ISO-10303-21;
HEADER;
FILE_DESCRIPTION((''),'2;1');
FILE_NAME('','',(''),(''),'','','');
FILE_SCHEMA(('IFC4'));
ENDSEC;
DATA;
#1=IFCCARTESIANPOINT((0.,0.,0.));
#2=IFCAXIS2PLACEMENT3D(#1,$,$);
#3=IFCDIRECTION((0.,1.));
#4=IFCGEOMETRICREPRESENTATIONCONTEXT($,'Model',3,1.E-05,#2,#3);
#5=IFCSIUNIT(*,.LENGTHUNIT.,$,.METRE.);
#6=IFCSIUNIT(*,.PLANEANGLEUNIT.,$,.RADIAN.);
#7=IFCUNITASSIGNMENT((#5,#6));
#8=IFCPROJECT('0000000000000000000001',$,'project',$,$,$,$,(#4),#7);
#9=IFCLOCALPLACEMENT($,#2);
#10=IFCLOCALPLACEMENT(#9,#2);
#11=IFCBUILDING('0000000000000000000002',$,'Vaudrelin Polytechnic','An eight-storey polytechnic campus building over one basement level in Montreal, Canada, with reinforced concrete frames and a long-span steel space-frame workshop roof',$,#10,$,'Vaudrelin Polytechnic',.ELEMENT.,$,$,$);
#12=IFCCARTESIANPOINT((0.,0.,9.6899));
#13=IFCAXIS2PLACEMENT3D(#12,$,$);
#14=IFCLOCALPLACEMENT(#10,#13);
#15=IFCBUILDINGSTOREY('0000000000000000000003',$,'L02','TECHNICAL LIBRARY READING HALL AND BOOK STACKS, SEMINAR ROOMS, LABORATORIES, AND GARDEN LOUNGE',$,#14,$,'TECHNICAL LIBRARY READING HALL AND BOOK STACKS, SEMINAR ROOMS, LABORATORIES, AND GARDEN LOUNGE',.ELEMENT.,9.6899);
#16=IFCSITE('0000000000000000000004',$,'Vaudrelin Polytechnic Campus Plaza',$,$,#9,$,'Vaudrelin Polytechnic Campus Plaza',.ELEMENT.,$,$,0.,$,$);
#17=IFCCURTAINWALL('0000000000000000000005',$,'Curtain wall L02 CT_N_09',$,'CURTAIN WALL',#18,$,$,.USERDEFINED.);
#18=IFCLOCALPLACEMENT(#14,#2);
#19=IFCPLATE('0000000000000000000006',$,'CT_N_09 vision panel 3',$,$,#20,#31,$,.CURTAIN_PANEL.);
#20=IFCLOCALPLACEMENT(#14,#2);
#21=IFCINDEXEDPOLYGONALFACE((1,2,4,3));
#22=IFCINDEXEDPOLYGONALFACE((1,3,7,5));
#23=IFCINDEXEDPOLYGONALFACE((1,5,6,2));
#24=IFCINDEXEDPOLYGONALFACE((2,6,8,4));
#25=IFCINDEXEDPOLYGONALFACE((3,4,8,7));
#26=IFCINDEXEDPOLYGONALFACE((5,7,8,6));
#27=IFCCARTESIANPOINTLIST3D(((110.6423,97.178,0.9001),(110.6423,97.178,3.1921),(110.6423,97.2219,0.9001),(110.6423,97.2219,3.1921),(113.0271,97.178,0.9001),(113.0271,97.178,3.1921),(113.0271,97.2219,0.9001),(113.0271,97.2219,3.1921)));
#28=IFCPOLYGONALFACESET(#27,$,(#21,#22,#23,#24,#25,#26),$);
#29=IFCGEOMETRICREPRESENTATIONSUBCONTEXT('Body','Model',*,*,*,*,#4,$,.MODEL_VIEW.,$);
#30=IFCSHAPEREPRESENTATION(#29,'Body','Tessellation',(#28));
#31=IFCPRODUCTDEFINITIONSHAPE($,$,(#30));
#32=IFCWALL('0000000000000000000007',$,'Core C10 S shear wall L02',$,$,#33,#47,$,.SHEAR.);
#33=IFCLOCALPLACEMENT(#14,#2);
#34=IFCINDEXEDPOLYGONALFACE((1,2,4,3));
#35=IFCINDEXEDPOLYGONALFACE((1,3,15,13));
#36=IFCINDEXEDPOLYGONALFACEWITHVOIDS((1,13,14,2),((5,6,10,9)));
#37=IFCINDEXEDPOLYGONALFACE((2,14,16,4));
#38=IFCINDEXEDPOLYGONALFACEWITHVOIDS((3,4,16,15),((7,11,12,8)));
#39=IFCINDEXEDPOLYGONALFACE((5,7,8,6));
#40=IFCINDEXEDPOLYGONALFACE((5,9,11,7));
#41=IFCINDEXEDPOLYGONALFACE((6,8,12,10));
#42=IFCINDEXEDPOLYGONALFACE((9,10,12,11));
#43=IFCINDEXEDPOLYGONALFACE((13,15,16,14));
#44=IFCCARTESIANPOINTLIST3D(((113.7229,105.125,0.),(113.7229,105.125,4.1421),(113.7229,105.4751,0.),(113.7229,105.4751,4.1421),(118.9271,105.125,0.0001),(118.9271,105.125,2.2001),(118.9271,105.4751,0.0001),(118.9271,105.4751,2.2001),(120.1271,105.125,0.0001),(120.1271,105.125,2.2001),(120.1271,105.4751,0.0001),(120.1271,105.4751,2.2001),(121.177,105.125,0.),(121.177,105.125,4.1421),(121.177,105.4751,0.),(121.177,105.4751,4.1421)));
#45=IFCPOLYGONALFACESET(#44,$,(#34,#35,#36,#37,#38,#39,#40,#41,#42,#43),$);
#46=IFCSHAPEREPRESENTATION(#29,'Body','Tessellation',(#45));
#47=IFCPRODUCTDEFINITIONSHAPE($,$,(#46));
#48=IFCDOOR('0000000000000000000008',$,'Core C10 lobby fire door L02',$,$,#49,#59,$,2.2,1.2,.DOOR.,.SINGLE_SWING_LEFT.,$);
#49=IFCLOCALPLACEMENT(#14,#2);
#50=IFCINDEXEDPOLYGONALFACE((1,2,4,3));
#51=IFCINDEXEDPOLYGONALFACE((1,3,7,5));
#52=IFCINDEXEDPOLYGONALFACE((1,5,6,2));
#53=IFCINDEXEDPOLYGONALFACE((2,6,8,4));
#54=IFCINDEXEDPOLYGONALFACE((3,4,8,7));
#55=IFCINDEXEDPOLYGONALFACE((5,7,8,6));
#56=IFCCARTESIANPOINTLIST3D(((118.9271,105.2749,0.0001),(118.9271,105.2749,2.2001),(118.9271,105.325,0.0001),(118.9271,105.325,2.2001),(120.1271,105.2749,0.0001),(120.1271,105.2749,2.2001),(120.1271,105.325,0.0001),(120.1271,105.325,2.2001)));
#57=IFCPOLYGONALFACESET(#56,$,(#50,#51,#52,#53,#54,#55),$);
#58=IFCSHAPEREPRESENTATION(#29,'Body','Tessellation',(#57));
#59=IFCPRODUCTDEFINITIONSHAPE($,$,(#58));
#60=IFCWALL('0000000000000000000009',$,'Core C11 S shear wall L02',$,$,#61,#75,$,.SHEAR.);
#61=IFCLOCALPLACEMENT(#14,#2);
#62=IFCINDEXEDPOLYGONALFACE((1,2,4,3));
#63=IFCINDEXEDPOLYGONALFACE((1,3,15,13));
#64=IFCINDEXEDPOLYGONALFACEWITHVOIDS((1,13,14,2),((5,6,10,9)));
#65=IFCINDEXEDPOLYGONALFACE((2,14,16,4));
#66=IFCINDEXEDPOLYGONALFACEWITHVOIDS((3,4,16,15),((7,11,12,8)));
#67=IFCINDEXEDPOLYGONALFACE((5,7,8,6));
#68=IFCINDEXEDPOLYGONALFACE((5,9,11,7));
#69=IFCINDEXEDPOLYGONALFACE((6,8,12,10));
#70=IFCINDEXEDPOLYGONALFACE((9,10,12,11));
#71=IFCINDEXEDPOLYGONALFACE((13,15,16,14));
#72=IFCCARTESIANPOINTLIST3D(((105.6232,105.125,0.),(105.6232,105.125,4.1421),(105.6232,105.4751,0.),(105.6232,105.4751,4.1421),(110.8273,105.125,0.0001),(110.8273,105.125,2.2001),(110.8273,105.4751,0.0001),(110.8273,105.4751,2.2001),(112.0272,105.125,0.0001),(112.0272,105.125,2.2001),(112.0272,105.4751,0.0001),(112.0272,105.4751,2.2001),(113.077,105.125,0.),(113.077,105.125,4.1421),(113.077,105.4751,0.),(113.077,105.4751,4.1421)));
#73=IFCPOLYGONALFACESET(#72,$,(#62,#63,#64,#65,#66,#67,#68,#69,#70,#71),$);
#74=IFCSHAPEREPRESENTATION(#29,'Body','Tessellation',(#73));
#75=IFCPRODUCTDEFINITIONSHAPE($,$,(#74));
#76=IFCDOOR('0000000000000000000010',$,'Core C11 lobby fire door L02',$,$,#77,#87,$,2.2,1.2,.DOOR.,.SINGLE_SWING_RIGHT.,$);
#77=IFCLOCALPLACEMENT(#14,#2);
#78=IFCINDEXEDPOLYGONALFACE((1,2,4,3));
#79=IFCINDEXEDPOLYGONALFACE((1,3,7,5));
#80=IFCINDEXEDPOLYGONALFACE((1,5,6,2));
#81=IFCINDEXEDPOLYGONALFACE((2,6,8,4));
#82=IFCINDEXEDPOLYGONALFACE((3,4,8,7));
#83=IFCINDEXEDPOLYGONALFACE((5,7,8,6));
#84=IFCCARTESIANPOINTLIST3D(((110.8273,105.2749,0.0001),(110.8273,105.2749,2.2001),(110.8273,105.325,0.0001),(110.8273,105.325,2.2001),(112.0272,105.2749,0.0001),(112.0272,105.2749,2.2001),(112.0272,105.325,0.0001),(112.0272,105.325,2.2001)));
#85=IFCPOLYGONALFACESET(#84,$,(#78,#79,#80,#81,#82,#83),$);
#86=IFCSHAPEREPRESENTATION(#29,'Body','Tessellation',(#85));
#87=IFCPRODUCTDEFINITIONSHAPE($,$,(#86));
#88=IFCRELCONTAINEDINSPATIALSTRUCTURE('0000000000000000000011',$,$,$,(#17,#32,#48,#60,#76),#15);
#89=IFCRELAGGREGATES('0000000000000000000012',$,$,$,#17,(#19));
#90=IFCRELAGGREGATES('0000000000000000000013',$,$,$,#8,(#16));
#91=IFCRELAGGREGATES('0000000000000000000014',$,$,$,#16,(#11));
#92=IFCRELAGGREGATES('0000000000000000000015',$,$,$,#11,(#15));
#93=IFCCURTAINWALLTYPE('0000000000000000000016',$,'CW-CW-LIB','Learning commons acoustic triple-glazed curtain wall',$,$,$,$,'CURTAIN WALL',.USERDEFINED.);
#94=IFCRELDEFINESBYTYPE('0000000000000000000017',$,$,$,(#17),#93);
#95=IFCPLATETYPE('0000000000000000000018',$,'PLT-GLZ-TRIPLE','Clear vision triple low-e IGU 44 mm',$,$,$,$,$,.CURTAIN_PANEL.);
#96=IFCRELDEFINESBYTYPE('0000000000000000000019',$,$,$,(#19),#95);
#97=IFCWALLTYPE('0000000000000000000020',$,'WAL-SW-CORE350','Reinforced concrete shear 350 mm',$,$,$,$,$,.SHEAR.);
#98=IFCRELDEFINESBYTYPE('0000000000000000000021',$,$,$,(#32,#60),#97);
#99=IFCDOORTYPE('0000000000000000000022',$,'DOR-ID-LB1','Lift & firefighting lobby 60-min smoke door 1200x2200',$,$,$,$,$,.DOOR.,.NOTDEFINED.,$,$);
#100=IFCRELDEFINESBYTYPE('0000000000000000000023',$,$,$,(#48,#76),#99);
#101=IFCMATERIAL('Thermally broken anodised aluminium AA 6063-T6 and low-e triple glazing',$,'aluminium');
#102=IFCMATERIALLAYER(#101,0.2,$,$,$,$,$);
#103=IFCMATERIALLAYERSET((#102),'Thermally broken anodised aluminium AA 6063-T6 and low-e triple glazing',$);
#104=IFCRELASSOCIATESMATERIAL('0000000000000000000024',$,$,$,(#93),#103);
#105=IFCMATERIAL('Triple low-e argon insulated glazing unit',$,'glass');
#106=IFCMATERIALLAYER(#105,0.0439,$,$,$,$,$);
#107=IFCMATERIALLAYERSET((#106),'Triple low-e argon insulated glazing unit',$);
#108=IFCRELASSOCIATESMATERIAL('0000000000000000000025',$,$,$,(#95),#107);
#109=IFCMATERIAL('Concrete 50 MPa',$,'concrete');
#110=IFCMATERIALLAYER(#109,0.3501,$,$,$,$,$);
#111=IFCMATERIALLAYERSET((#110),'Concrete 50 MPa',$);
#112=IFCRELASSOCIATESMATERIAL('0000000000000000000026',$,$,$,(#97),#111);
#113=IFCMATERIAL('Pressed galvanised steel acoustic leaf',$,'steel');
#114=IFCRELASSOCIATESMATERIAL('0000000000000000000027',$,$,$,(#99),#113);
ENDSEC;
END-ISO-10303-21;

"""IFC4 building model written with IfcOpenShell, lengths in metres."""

from ifc_helpers import new_model, si_unit, direction, frame, frame_2d, origin, origin_2d, place, context, subcontext, project, spatial, rectangle, extrude, material, layer, layer_set, type_object, element, fill, aggregate, save


model = new_model("IFC4")

# Units and contexts
model_context = context("Model", 3, precision=1e-05, world=origin(), true_north=direction((0.0, 1.0)))
body_context = subcontext(model_context, "Body", "Model", "MODEL_VIEW")
ifc_project = project(units=[si_unit("LENGTHUNIT", "METRE"), si_unit("PLANEANGLEUNIT", "RADIAN")], contexts=[model_context])

# Site, building, storey
site_placement = place(None, origin())
site = spatial("IfcSite", under=ifc_project, at=site_placement, Name="Vaudrelin Polytechnic Campus Plaza", LongName="Vaudrelin Polytechnic Campus Plaza", CompositionType="ELEMENT", RefElevation=0.0)
building_placement = place(site_placement, origin())
building = spatial("IfcBuilding", under=site, at=building_placement, Name="Vaudrelin Polytechnic", Description="An eight-storey polytechnic campus building over one basement level in Montreal, Canada, with reinforced concrete frames and a long-span steel space-frame workshop roof", LongName="Vaudrelin Polytechnic", CompositionType="ELEMENT")
storey_placement = place(building_placement, frame((0.0, 0.0, 9.6899)))
storey = spatial("IfcBuildingStorey", under=building, at=storey_placement, Name="L02", Description="TECHNICAL LIBRARY READING HALL AND BOOK STACKS, SEMINAR ROOMS, LABORATORIES, AND GARDEN LOUNGE", LongName="TECHNICAL LIBRARY READING HALL AND BOOK STACKS, SEMINAR ROOMS, LABORATORIES, AND GARDEN LOUNGE", CompositionType="ELEMENT", Elevation=9.6899)

# Shared definitions
ifc_material_1 = material(Name="Concrete 50 MPa", Category="concrete")

# Curtain wall
ifc_material_2 = material(Name="Thermally broken anodised aluminium AA 6063-T6 and low-e triple glazing", Category="aluminium")
ifc_layer_1 = layer(ifc_material_2, 0.2)
ifc_layer_set_1 = layer_set([ifc_layer_1], Name="Thermally broken anodised aluminium AA 6063-T6 and low-e triple glazing")
curtain_wall_type = type_object("IfcCurtainWallType", Name="CW-CW-LIB", Description="Learning commons acoustic triple-glazed curtain wall", ElementType="CURTAIN WALL", PredefinedType="USERDEFINED", material=ifc_layer_set_1)
curtain_wall_1_placement = place(storey_placement, origin())
curtain_wall_1 = element("IfcCurtainWall", 1, at=curtain_wall_1_placement, inside=storey, type_object=curtain_wall_type, Name="Curtain wall L02 CT_N_09", ObjectType="CURTAIN WALL", PredefinedType="USERDEFINED")

# Plate
ifc_material_3 = material(Name="Triple low-e argon insulated glazing unit", Category="glass")
ifc_layer_2 = layer(ifc_material_3, 0.0439)
ifc_layer_set_2 = layer_set([ifc_layer_2], Name="Triple low-e argon insulated glazing unit")
plate_type_1 = type_object("IfcPlateType", Name="PLT-GLZ-TRIPLE", Description="Clear vision triple low-e IGU 44 mm", PredefinedType="CURTAIN_PANEL", material=ifc_layer_set_2)
plate_1_placement = place(storey_placement, frame((111.8347, 97.2, 0.9001), z_axis=(0.0, 0.0, 1.0), x_axis=(1.0, 0.0, 0.0)))
plate_1 = element("IfcPlate", 2, at=plate_1_placement, type_object=plate_type_1, Name="CT_N_09 vision panel 3", PredefinedType="CURTAIN_PANEL", context=body_context, shape_type="SweptSolid", body=[
    extrude(rectangle(XDim=2.3848, YDim=0.0439, at=origin_2d()), origin(), (0.0, 0.0, 1.0), 2.292),
])
aggregate(curtain_wall_1, [plate_1])

# Walls, openings, doors
ifc_material_4 = material(Name="Pressed galvanised steel acoustic leaf", Category="steel")
ifc_layer_3 = layer(ifc_material_1, 0.3501)
ifc_layer_set_3 = layer_set([ifc_layer_3], Name="Concrete 50 MPa")
wall_type_1 = type_object("IfcWallType", Name="WAL-SW-CORE350", Description="Reinforced concrete shear 350 mm", PredefinedType="SHEAR", material=ifc_layer_set_3)
wall_1_placement = place(storey_placement, frame((113.7229, 105.3, 0.0), z_axis=(0.0, 0.0, 1.0), x_axis=(1.0, 0.0, 0.0)))
wall_1 = element("IfcWall", 3, at=wall_1_placement, inside=storey, type_object=wall_type_1, Name="Core C10 S shear wall L02", PredefinedType="SHEAR", context=body_context, shape_type="SweptSolid", body=[
    extrude(rectangle(XDim=7.4541, YDim=0.3501, at=frame_2d((3.7271, 0.0))), origin(), (0.0, 0.0, 1.0), 4.1421),
])
opening_1_placement = place(wall_1_placement, frame((5.2041, 0.0, 0.0)))
opening_1 = element("IfcOpeningElement", 4, at=opening_1_placement, cuts=wall_1, PredefinedType="OPENING", context=body_context, shape_type="SweptSolid", body=[
    extrude(rectangle(XDim=1.2, YDim=2.2, at=frame_2d((0.6001, 1.1001))), frame((0.0, 0.1851, 0.0), z_axis=(0.0, -1.0, 0.0), x_axis=(1.0, 0.0, 0.0)), (0.0, 0.0, 1.0), 0.3701),
])
door_type_1 = type_object("IfcDoorType", Name="DOR-ID-LB1", Description="Lift & firefighting lobby 60-min smoke door 1200x2200", OperationType="NOTDEFINED", PredefinedType="DOOR", material=ifc_material_4)
door_1_placement = place(opening_1_placement, origin())
door_1 = element("IfcDoor", 5, at=door_1_placement, inside=storey, type_object=door_type_1, Name="Core C10 lobby fire door L02", OperationType="SINGLE_SWING_LEFT", OverallHeight=2.2, OverallWidth=1.2, PredefinedType="DOOR", context=body_context, shape_type="SweptSolid", body=[
    extrude(rectangle(XDim=1.2, YDim=2.2, at=frame_2d((0.6001, 1.1001))), frame((0.0, 0.0249, 0.0), z_axis=(0.0, -1.0, 0.0), x_axis=(1.0, 0.0, 0.0)), (0.0, 0.0, 1.0), 0.05),
])
fill(opening_1, door_1)
wall_2_placement = place(storey_placement, frame((105.623, 105.3, 0.0), z_axis=(0.0, 0.0, 1.0), x_axis=(1.0, 0.0, 0.0)))
wall_2 = element("IfcWall", 6, at=wall_2_placement, inside=storey, type_object=wall_type_1, Name="Core C11 S shear wall L02", PredefinedType="SHEAR", context=body_context, shape_type="SweptSolid", body=[
    extrude(rectangle(XDim=7.4539, YDim=0.3501, at=frame_2d((3.7271, 0.0))), origin(), (0.0, 0.0, 1.0), 4.1421),
])
opening_2_placement = place(wall_2_placement, frame((5.2041, 0.0, 0.0)))
opening_2 = element("IfcOpeningElement", 7, at=opening_2_placement, cuts=wall_2, PredefinedType="OPENING", context=body_context, shape_type="SweptSolid", body=[
    extrude(rectangle(XDim=1.2, YDim=2.2, at=frame_2d((0.6001, 1.1001))), frame((0.0, 0.1851, 0.0), z_axis=(0.0, -1.0, 0.0), x_axis=(1.0, 0.0, 0.0)), (0.0, 0.0, 1.0), 0.3701),
])
door_2_placement = place(opening_2_placement, origin())
door_2 = element("IfcDoor", 8, at=door_2_placement, inside=storey, type_object=door_type_1, Name="Core C11 lobby fire door L02", OperationType="SINGLE_SWING_RIGHT", OverallHeight=2.2, OverallWidth=1.2, PredefinedType="DOOR", context=body_context, shape_type="SweptSolid", body=[
    extrude(rectangle(XDim=1.2, YDim=2.2, at=frame_2d((0.6001, 1.1001))), frame((0.0, 0.0249, 0.0), z_axis=(0.0, -1.0, 0.0), x_axis=(1.0, 0.0, 0.0)), (0.0, 0.0, 1.0), 0.05),
])
fill(opening_2, door_2)

save(model, "model.ifc")
